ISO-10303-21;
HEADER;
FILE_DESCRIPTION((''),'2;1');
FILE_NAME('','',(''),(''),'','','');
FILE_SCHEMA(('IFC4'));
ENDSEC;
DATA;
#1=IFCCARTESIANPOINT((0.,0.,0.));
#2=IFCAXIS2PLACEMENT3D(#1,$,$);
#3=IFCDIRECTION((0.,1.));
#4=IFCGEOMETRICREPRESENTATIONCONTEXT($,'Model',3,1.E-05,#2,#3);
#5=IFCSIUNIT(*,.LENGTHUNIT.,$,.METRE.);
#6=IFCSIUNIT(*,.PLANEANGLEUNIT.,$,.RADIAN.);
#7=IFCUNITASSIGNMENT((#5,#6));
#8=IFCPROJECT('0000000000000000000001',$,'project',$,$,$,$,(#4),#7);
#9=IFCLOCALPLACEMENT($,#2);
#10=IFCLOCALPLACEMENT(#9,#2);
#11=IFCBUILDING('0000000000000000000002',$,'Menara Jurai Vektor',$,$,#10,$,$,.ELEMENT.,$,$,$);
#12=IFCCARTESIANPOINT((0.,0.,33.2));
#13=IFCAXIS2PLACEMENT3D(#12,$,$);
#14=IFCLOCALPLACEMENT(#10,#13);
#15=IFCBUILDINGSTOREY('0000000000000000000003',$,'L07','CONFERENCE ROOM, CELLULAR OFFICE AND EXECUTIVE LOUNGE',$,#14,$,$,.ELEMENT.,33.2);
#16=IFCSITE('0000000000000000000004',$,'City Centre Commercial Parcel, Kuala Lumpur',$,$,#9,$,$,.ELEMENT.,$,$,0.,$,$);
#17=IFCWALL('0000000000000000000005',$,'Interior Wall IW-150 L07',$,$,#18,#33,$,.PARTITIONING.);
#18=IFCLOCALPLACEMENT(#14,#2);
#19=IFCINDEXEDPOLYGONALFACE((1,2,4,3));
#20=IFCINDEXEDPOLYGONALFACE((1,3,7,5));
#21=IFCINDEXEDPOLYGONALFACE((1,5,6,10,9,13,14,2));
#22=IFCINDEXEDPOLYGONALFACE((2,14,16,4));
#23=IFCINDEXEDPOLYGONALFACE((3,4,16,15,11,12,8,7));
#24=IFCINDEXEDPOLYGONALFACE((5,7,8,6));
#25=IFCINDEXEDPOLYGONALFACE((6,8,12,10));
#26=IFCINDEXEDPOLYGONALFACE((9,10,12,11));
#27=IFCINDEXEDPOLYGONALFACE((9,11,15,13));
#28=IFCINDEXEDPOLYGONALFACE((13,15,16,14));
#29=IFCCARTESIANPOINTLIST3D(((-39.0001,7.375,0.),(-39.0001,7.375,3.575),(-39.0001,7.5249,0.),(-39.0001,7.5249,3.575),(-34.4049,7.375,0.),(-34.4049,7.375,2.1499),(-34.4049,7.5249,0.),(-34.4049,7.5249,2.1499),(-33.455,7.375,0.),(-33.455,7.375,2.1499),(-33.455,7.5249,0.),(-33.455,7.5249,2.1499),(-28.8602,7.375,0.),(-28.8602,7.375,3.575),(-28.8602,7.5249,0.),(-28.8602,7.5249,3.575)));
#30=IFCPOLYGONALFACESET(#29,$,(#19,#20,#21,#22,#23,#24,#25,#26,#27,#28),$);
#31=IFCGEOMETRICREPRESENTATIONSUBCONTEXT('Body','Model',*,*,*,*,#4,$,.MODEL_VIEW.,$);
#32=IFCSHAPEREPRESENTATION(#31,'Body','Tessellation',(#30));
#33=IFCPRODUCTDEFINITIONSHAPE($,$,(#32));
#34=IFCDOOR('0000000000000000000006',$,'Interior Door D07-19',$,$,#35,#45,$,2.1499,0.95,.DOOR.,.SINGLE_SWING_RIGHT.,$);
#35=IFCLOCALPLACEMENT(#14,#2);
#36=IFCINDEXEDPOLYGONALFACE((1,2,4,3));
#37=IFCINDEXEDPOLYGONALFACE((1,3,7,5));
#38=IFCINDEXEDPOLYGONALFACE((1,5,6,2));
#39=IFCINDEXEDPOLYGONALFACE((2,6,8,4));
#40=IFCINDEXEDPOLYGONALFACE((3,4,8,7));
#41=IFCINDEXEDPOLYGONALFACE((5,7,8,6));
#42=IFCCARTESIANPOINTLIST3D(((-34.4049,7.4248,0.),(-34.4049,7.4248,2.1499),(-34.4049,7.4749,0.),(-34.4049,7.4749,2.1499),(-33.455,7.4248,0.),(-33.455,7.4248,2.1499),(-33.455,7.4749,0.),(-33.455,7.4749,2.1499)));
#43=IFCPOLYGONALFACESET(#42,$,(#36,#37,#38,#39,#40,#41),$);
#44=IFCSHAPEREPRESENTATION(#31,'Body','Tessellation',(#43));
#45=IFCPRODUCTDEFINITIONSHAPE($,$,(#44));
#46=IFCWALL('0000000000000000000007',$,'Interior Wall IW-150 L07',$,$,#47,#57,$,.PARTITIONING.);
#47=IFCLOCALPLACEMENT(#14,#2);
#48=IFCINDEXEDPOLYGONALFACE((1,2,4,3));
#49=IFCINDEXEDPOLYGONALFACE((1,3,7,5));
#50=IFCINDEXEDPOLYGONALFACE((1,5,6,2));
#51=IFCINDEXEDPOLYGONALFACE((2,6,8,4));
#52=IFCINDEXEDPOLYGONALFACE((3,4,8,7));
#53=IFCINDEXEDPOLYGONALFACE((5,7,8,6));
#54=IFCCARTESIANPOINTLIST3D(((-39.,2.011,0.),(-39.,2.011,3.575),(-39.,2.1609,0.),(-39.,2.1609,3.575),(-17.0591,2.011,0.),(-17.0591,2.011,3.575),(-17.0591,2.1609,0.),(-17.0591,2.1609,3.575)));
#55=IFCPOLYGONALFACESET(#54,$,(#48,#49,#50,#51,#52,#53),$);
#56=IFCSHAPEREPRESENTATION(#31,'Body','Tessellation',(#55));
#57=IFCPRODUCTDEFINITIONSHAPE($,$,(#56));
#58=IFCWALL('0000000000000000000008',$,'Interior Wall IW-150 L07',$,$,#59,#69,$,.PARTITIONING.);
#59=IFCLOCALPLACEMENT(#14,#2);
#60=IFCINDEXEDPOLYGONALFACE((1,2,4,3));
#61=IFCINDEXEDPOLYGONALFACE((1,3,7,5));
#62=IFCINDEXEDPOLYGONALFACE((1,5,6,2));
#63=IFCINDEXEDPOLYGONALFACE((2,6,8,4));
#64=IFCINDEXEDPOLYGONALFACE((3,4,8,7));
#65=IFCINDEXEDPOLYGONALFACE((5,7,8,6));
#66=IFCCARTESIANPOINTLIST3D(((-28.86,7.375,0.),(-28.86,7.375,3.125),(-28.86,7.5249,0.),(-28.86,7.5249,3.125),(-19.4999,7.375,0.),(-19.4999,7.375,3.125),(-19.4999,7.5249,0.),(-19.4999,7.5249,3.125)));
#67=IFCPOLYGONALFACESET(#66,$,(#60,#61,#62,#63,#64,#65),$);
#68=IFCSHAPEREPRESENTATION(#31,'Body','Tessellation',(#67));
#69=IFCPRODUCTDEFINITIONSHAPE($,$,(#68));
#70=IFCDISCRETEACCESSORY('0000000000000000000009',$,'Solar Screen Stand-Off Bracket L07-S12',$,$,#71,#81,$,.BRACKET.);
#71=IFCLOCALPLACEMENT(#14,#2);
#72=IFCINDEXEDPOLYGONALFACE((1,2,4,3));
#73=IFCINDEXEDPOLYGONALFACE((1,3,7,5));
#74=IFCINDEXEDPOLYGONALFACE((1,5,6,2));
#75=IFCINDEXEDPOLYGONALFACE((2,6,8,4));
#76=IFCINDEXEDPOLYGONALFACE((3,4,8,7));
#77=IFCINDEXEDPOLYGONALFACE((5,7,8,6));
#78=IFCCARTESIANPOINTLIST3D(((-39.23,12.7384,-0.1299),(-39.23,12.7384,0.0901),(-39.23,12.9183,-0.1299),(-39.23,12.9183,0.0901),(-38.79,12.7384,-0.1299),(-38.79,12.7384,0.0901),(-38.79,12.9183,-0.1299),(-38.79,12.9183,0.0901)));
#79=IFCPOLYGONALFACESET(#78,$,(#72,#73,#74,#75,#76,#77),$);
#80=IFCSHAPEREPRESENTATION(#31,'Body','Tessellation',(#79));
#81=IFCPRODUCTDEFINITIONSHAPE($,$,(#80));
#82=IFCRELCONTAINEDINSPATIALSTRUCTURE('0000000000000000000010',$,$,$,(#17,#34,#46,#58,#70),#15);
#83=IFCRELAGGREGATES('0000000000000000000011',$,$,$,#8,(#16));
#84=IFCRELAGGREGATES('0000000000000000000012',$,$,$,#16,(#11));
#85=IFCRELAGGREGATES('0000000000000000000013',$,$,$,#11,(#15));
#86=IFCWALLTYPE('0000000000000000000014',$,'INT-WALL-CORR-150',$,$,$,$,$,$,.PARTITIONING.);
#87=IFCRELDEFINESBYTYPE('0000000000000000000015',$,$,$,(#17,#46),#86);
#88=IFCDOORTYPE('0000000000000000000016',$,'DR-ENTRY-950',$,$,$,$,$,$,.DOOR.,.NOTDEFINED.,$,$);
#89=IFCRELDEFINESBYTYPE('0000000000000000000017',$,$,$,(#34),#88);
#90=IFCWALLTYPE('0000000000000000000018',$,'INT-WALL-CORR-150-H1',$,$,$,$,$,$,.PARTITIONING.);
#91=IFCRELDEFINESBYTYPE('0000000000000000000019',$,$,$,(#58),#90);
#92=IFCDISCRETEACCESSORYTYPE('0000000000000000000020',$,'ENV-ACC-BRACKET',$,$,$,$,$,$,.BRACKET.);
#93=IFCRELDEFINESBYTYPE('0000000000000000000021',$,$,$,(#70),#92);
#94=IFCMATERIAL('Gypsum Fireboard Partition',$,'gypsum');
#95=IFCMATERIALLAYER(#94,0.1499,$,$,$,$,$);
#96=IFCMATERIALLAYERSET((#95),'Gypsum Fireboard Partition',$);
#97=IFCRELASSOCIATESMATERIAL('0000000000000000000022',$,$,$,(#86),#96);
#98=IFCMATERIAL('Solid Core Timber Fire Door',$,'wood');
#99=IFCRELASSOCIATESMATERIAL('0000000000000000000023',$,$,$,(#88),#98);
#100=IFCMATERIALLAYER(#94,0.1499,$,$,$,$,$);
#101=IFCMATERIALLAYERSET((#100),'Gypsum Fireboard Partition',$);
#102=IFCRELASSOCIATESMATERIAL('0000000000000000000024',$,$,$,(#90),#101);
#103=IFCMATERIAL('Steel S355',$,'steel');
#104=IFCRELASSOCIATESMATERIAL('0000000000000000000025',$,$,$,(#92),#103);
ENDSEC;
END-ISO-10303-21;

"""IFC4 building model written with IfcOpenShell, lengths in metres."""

from ifc_helpers import new_model, si_unit, direction, frame, frame_2d, origin, origin_2d, place, context, subcontext, project, spatial, rectangle, extrude, material, layer, layer_set, type_object, element, fill, save


model = new_model("IFC4")

# Units and contexts
model_context = context("Model", 3, precision=1e-05, world=origin(), true_north=direction((0.0, 1.0)))
body_context = subcontext(model_context, "Body", "Model", "MODEL_VIEW")
ifc_project = project(units=[si_unit("LENGTHUNIT", "METRE"), si_unit("PLANEANGLEUNIT", "RADIAN")], contexts=[model_context])

# Site, building, storey
site_placement = place(None, origin())
site = spatial("IfcSite", under=ifc_project, at=site_placement, Name="City Centre Commercial Parcel, Kuala Lumpur", CompositionType="ELEMENT", RefElevation=0.0)
building_placement = place(site_placement, origin())
building = spatial("IfcBuilding", under=site, at=building_placement, Name="Menara Jurai Vektor", CompositionType="ELEMENT")
storey_placement = place(building_placement, frame((0.0, 0.0, 33.2)))
storey = spatial("IfcBuildingStorey", under=building, at=storey_placement, Name="L07", Description="CONFERENCE ROOM, CELLULAR OFFICE AND EXECUTIVE LOUNGE", CompositionType="ELEMENT", Elevation=33.2)

# Shared definitions
ifc_material_1 = material(Name="Steel S355", Category="steel")

# Shared definitions
ifc_material_2 = material(Name="Gypsum Fireboard Partition", Category="gypsum")
ifc_layer_1 = layer(ifc_material_2, 0.1499)
ifc_layer_set_1 = layer_set([ifc_layer_1], Name="Gypsum Fireboard Partition")
wall_type_1 = type_object("IfcWallType", Name="INT-WALL-CORR-150", PredefinedType="PARTITIONING", material=ifc_layer_set_1)

# Wall, opening, door
ifc_material_3 = material(Name="Solid Core Timber Fire Door", Category="wood")
door_type = type_object("IfcDoorType", Name="DR-ENTRY-950", OperationType="NOTDEFINED", PredefinedType="DOOR", material=ifc_material_3)
wall_1_placement = place(storey_placement, frame((-39.0, 7.45, 0.0), z_axis=(0.0, 0.0, 1.0), x_axis=(1.0, 0.0, 0.0)))
wall_1 = element("IfcWall", 1, at=wall_1_placement, inside=storey, type_object=wall_type_1, Name="Interior Wall IW-150 L07", PredefinedType="PARTITIONING", context=body_context, shape_type="SweptSolid", body=[
    extrude(rectangle(XDim=10.1399, YDim=0.1499, at=frame_2d((5.0698, 0.0))), origin(), (0.0, 0.0, 1.0), 3.575),
])
opening_1_placement = place(wall_1_placement, frame((4.595, 0.0, 0.0)))
opening_1 = element("IfcOpeningElement", 2, at=opening_1_placement, cuts=wall_1, PredefinedType="OPENING", context=body_context, shape_type="SweptSolid", body=[
    extrude(rectangle(XDim=0.95, YDim=2.1499, at=frame_2d((0.4751, 1.075))), frame((0.0, 0.085, 0.0), z_axis=(0.0, -1.0, 0.0), x_axis=(1.0, 0.0, 0.0)), (0.0, 0.0, 1.0), 0.1699),
])
door_1_placement = place(opening_1_placement, origin())
door_1 = element("IfcDoor", 3, at=door_1_placement, inside=storey, type_object=door_type, Name="Interior Door D07-19", OperationType="SINGLE_SWING_RIGHT", OverallHeight=2.1499, OverallWidth=0.95, PredefinedType="DOOR", context=body_context, shape_type="SweptSolid", body=[
    extrude(rectangle(XDim=0.95, YDim=2.1499, at=frame_2d((0.4751, 1.075))), frame((0.0, 0.0249, 0.0), z_axis=(0.0, -1.0, 0.0), x_axis=(1.0, 0.0, 0.0)), (0.0, 0.0, 1.0), 0.05),
])
fill(opening_1, door_1)

# Walls
wall_2_placement = place(storey_placement, frame((-39.0, 2.0859, 0.0), z_axis=(0.0, 0.0, 1.0), x_axis=(1.0, 0.0, 0.0)))
element("IfcWall", 4, at=wall_2_placement, inside=storey, type_object=wall_type_1, Name="Interior Wall IW-150 L07", PredefinedType="PARTITIONING", context=body_context, shape_type="SweptSolid", body=[
    extrude(rectangle(XDim=21.9409, YDim=0.1499, at=frame_2d((10.9705, 0.0))), origin(), (0.0, 0.0, 1.0), 3.575),
])
ifc_layer_2 = layer(ifc_material_2, 0.1499)
ifc_layer_set_2 = layer_set([ifc_layer_2], Name="Gypsum Fireboard Partition")
wall_type_2 = type_object("IfcWallType", Name="INT-WALL-CORR-150-H1", PredefinedType="PARTITIONING", material=ifc_layer_set_2)
wall_3_placement = place(storey_placement, frame((-28.8601, 7.45, 0.0), z_axis=(0.0, 0.0, 1.0), x_axis=(1.0, 0.0, 0.0)))
element("IfcWall", 5, at=wall_3_placement, inside=storey, type_object=wall_type_2, Name="Interior Wall IW-150 L07", PredefinedType="PARTITIONING", context=body_context, shape_type="SweptSolid", body=[
    extrude(rectangle(XDim=9.3601, YDim=0.1499, at=frame_2d((4.6802, 0.0))), origin(), (0.0, 0.0, 1.0), 3.125),
])

# Discrete accessory
discrete_accessory_type = type_object("IfcDiscreteAccessoryType", Name="ENV-ACC-BRACKET", PredefinedType="BRACKET", material=ifc_material_1)
discrete_accessory_placement = place(storey_placement, frame((-39.01, 12.8284, -0.1299), z_axis=(0.0, 0.0, 1.0), x_axis=(0.0, -1.0, 0.0)))
element("IfcDiscreteAccessory", 6, at=discrete_accessory_placement, inside=storey, type_object=discrete_accessory_type, Name="Solar Screen Stand-Off Bracket L07-S12", PredefinedType="BRACKET", context=body_context, shape_type="SweptSolid", body=[
    extrude(rectangle(XDim=0.1799, YDim=0.4399, at=origin_2d()), origin(), (0.0, 0.0, 1.0), 0.22),
])

save(model, "model.ifc")
